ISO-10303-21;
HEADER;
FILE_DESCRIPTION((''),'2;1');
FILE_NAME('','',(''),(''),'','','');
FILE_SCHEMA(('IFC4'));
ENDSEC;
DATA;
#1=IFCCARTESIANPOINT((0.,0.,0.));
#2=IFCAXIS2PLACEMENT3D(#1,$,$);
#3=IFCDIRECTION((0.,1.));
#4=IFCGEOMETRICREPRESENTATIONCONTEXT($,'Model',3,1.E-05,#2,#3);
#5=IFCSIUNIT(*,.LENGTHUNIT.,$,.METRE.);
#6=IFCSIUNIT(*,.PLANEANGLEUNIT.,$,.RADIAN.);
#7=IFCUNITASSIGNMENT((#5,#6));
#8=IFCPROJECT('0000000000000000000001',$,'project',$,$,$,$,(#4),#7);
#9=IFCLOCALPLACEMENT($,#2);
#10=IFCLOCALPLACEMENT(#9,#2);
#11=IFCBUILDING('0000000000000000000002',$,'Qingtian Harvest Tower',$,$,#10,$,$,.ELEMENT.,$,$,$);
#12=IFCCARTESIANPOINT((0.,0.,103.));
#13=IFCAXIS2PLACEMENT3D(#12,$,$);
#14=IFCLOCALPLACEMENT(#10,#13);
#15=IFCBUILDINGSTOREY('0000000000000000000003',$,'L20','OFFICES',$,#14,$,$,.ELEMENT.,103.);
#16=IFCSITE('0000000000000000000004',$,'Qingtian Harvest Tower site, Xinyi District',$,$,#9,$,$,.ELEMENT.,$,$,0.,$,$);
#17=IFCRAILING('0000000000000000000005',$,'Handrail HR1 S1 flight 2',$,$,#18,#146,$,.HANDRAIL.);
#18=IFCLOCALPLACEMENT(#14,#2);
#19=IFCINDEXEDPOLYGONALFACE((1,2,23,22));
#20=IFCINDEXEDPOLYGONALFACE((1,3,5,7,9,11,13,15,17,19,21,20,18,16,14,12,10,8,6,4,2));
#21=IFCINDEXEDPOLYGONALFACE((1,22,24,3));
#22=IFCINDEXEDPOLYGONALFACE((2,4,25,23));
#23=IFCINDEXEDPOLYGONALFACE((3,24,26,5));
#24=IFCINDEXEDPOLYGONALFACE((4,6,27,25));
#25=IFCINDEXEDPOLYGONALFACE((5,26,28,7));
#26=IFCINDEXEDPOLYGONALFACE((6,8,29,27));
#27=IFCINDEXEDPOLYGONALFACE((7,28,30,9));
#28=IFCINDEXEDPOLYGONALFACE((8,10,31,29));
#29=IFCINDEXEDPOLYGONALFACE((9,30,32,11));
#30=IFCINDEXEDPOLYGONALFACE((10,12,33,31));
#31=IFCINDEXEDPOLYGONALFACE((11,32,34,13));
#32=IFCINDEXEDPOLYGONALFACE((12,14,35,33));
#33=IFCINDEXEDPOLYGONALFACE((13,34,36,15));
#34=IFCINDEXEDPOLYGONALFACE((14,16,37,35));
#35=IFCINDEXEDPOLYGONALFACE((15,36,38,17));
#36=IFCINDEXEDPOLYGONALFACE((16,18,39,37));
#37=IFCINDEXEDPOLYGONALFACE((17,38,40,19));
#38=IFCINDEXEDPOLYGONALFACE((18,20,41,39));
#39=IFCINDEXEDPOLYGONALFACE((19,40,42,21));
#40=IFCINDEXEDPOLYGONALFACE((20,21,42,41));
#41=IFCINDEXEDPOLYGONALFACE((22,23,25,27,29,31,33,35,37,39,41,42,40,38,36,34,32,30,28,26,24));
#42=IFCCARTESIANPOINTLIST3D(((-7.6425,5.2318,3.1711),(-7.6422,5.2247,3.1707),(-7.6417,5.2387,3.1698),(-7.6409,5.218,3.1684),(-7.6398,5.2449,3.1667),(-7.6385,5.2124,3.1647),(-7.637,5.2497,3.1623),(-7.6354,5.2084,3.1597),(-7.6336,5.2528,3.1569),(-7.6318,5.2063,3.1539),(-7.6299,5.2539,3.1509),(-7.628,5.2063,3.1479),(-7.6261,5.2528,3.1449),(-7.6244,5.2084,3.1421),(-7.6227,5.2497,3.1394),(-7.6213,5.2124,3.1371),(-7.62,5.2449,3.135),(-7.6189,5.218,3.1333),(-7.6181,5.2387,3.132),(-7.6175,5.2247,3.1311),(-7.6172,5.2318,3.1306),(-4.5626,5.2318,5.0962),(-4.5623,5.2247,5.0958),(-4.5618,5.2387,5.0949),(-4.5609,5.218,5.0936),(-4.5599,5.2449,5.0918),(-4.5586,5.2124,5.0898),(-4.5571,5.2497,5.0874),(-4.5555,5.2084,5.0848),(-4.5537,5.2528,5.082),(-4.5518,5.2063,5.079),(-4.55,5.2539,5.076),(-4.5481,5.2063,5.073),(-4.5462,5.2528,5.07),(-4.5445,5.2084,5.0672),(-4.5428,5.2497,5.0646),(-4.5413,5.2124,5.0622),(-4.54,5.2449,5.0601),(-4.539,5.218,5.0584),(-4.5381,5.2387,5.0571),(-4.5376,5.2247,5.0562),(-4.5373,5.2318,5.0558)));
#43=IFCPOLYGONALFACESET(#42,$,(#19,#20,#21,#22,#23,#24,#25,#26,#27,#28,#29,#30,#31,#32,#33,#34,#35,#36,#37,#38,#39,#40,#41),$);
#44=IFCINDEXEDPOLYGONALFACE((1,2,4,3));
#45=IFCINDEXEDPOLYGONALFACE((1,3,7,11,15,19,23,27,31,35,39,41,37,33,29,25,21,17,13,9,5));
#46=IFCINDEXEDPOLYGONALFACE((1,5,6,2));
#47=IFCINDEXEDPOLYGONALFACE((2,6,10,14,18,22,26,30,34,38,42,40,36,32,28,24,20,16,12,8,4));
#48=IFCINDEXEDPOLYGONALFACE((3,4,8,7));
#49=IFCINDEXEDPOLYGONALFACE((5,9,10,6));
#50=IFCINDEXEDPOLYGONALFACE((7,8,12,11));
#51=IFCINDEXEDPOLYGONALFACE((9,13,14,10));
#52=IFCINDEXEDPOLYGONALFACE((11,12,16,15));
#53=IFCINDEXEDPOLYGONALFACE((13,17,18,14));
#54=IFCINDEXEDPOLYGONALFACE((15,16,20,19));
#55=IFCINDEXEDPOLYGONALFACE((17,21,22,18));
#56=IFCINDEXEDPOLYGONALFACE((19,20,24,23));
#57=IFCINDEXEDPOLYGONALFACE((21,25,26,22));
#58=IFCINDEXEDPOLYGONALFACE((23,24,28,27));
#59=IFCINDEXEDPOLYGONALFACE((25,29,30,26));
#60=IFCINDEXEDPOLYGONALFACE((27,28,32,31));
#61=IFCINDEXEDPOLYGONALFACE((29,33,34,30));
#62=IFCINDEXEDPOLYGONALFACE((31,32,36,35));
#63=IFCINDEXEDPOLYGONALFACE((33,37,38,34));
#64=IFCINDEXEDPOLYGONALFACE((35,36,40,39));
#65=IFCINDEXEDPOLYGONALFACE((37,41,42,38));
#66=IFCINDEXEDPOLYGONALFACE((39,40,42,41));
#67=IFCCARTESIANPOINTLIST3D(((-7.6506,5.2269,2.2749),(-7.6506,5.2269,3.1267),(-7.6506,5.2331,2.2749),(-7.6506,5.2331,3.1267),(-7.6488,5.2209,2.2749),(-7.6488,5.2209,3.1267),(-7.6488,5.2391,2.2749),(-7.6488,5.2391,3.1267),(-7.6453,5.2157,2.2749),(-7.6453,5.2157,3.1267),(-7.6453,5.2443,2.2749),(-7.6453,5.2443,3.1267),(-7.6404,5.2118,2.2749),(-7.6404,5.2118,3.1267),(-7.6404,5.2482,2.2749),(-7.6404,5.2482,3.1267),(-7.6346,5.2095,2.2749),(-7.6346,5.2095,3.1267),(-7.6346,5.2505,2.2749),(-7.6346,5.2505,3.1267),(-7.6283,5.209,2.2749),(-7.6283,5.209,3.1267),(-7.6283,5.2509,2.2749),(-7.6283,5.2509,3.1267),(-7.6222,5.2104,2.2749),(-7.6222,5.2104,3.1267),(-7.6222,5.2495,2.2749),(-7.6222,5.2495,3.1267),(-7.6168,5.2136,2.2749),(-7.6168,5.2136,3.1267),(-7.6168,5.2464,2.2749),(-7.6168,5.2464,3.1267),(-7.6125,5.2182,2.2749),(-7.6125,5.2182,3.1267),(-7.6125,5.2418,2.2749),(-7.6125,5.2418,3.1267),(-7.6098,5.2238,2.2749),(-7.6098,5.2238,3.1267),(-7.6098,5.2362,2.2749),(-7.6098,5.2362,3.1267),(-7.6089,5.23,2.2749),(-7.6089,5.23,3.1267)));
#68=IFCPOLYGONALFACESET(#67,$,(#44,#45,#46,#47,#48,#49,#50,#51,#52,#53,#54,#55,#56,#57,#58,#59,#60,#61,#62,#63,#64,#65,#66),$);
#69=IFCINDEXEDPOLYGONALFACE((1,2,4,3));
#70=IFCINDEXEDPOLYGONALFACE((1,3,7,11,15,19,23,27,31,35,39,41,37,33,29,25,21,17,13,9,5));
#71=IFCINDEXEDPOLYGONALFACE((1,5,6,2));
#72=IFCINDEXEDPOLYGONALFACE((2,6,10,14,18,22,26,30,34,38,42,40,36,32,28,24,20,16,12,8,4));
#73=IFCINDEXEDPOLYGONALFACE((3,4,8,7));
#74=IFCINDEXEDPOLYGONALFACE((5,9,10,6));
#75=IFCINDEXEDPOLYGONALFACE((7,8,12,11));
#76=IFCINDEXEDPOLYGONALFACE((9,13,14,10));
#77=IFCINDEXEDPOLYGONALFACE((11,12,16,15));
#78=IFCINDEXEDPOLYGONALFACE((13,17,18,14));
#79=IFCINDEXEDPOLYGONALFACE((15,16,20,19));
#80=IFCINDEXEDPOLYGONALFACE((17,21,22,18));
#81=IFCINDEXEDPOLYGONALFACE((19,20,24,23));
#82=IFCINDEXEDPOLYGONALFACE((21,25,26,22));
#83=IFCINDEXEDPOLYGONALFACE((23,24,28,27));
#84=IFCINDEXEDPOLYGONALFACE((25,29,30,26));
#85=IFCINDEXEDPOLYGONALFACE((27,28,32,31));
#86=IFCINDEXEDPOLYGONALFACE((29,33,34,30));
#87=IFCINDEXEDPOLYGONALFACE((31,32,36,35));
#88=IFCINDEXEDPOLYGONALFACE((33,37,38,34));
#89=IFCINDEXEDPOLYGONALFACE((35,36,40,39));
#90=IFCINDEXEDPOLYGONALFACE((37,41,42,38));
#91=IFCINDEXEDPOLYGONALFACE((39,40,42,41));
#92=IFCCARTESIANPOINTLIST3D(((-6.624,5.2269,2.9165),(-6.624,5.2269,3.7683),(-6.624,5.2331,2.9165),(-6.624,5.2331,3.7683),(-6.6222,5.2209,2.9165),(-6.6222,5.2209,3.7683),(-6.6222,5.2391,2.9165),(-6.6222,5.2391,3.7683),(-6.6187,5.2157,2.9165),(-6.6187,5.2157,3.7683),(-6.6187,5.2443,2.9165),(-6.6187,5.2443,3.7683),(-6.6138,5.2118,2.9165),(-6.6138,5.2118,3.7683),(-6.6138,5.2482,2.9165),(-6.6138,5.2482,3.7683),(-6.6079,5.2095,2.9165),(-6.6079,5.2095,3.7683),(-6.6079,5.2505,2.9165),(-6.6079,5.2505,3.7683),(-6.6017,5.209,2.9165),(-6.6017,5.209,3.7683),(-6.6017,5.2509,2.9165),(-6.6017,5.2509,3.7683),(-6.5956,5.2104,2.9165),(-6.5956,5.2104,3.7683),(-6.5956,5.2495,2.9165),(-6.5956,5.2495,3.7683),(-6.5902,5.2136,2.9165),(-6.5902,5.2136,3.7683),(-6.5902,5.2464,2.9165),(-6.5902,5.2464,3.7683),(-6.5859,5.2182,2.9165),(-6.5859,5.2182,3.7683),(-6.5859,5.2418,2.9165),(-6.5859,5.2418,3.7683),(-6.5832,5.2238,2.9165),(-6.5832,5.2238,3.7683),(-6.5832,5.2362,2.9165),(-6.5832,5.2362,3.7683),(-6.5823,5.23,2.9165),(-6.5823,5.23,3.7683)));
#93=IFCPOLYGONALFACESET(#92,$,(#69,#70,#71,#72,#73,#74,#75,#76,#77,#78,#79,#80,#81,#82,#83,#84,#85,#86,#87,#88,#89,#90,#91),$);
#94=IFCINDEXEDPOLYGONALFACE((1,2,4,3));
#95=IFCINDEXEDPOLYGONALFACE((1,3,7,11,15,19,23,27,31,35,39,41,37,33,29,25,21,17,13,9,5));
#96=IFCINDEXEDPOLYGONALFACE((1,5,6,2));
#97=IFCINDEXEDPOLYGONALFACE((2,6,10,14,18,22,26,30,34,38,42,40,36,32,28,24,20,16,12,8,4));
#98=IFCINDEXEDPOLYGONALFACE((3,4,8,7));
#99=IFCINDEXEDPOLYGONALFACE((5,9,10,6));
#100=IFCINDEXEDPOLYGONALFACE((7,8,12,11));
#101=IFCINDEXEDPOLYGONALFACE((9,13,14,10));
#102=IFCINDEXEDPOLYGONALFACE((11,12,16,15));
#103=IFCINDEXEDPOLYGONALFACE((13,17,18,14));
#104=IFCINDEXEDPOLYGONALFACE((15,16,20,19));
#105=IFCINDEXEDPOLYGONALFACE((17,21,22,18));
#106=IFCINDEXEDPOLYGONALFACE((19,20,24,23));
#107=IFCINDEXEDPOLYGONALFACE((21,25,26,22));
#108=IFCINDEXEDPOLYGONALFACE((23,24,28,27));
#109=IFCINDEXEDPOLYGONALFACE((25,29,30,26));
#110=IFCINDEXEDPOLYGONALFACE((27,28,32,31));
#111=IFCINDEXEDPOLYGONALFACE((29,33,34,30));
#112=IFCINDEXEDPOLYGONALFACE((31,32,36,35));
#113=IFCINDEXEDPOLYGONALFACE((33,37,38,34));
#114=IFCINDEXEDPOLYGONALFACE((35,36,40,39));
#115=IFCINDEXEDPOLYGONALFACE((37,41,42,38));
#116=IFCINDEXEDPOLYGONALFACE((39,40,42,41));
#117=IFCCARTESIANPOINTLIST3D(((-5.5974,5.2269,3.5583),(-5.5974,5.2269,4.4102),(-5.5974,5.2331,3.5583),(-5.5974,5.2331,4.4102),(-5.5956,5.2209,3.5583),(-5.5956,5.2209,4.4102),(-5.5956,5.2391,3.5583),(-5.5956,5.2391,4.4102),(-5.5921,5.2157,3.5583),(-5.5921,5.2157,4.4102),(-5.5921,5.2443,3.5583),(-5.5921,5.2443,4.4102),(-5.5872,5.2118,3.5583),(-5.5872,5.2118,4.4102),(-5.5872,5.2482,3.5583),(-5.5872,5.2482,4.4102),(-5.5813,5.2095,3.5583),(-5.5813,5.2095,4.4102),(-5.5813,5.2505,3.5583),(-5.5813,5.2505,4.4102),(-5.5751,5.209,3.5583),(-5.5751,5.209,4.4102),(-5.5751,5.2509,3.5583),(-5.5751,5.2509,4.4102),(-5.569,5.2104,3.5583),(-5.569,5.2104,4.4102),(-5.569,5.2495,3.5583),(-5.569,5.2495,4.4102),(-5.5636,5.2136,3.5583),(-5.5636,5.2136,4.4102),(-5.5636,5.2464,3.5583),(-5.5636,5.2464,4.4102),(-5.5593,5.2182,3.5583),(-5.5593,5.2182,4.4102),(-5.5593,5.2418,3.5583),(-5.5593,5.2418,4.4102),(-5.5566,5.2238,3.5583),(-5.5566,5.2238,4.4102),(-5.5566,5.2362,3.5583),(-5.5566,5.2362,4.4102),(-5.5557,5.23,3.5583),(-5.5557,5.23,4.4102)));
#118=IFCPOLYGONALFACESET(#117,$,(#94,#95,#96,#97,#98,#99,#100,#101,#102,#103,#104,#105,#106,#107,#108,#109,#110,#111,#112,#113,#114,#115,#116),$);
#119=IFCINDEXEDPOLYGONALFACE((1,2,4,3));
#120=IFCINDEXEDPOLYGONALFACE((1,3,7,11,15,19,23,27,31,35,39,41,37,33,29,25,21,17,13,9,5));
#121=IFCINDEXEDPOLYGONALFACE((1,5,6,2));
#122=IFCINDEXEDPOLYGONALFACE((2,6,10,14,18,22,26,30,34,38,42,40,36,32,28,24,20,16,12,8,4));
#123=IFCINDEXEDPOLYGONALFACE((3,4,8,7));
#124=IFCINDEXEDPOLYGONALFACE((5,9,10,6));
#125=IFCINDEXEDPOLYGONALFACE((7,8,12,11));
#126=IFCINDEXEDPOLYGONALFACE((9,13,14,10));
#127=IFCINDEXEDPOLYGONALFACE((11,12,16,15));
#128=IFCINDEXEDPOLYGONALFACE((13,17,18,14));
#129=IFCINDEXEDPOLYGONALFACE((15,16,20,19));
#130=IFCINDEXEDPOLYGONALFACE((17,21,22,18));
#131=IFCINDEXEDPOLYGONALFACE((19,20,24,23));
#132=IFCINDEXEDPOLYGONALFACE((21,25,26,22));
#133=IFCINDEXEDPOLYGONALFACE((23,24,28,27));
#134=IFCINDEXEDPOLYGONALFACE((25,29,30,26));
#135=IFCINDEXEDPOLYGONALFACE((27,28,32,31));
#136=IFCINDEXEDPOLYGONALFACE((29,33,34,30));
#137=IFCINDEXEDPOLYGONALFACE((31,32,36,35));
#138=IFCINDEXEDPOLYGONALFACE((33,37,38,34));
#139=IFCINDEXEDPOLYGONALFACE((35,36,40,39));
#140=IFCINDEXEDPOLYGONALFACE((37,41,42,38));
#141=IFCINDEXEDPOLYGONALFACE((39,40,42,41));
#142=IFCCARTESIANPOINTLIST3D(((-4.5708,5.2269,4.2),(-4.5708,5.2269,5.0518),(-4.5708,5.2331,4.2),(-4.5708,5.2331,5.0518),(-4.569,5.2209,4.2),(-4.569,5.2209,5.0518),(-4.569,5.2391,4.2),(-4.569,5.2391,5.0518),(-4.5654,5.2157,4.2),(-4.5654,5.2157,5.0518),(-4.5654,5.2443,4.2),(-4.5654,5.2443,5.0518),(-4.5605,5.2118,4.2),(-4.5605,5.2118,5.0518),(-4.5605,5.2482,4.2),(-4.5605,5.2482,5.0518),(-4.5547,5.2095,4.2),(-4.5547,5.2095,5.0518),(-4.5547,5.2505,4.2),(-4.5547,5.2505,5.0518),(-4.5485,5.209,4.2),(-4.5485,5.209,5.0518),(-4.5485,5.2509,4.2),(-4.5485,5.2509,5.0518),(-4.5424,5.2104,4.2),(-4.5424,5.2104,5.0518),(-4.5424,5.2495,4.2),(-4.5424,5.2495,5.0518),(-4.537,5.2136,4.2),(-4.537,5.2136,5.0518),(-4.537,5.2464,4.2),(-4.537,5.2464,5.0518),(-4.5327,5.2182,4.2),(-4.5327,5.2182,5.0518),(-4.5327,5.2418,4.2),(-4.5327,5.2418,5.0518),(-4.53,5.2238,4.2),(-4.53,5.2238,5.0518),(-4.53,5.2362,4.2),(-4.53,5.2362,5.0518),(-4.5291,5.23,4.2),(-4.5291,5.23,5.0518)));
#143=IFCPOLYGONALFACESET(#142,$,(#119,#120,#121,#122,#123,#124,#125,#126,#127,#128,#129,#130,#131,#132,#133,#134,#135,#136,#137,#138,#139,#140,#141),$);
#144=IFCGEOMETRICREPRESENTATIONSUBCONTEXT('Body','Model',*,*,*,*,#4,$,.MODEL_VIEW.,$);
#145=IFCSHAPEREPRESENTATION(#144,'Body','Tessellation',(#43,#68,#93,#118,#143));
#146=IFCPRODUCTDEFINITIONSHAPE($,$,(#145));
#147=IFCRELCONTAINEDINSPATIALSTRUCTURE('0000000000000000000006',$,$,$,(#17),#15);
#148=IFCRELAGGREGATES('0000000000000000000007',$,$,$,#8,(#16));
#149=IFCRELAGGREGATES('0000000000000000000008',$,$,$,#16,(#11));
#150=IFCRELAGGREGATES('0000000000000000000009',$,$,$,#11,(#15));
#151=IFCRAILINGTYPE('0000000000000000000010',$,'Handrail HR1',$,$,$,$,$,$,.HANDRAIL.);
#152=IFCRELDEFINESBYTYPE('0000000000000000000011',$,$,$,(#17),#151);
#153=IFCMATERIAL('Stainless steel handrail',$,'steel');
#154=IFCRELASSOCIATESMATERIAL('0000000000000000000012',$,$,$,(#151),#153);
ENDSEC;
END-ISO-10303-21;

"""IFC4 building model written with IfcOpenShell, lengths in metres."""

from ifc_helpers import new_model, si_unit, direction, frame, origin, origin_2d, place, context, subcontext, project, spatial, circle, extrude, material, type_object, element, save


model = new_model("IFC4")

# Units and contexts
model_context = context("Model", 3, precision=1e-05, world=origin(), true_north=direction((0.0, 1.0)))
body_context = subcontext(model_context, "Body", "Model", "MODEL_VIEW")
ifc_project = project(units=[si_unit("LENGTHUNIT", "METRE"), si_unit("PLANEANGLEUNIT", "RADIAN")], contexts=[model_context])

# Site, building, storey
site_placement = place(None, origin())
site = spatial("IfcSite", under=ifc_project, at=site_placement, Name="Qingtian Harvest Tower site, Xinyi District", CompositionType="ELEMENT", RefElevation=0.0)
building_placement = place(site_placement, origin())
building = spatial("IfcBuilding", under=site, at=building_placement, Name="Qingtian Harvest Tower", CompositionType="ELEMENT")
storey_placement = place(building_placement, frame((0.0, 0.0, 103.0)))
storey = spatial("IfcBuildingStorey", under=building, at=storey_placement, Name="L20", Description="OFFICES", CompositionType="ELEMENT", Elevation=103.0)

# Railing
ifc_material_1 = material(Name="Stainless steel handrail", Category="steel")
railing_type = type_object("IfcRailingType", Name="Handrail HR1", PredefinedType="HANDRAIL", material=ifc_material_1)
railing_placement = place(storey_placement, frame((-7.6299, 5.23, 2.2749)))
element("IfcRailing", 1, at=railing_placement, inside=storey, type_object=railing_type, Name="Handrail HR1 S1 flight 2", PredefinedType="HANDRAIL", context=body_context, shape_type="SweptSolid", body=[
    extrude(circle(Radius=0.0239, at=origin_2d()), frame((0.0, 0.0, 0.876), z_axis=(0.847979, 0.0, 0.530029), x_axis=(0.0, 1.0, 0.0)), (0.0, 0.0, 1.0), 3.6321),
    extrude(circle(Radius=0.021, at=origin_2d()), origin(), (0.0, 0.0, 1.0), 0.8518),
    extrude(circle(Radius=0.021, at=origin_2d()), frame((1.0266, 0.0, 0.6416)), (0.0, 0.0, 1.0), 0.8518),
    extrude(circle(Radius=0.021, at=origin_2d()), frame((2.0532, 0.0, 1.2834)), (0.0, 0.0, 1.0), 0.8518),
    extrude(circle(Radius=0.021, at=origin_2d()), frame((3.0798, 0.0, 1.925)), (0.0, 0.0, 1.0), 0.8518),
])

save(model, "model.ifc")
